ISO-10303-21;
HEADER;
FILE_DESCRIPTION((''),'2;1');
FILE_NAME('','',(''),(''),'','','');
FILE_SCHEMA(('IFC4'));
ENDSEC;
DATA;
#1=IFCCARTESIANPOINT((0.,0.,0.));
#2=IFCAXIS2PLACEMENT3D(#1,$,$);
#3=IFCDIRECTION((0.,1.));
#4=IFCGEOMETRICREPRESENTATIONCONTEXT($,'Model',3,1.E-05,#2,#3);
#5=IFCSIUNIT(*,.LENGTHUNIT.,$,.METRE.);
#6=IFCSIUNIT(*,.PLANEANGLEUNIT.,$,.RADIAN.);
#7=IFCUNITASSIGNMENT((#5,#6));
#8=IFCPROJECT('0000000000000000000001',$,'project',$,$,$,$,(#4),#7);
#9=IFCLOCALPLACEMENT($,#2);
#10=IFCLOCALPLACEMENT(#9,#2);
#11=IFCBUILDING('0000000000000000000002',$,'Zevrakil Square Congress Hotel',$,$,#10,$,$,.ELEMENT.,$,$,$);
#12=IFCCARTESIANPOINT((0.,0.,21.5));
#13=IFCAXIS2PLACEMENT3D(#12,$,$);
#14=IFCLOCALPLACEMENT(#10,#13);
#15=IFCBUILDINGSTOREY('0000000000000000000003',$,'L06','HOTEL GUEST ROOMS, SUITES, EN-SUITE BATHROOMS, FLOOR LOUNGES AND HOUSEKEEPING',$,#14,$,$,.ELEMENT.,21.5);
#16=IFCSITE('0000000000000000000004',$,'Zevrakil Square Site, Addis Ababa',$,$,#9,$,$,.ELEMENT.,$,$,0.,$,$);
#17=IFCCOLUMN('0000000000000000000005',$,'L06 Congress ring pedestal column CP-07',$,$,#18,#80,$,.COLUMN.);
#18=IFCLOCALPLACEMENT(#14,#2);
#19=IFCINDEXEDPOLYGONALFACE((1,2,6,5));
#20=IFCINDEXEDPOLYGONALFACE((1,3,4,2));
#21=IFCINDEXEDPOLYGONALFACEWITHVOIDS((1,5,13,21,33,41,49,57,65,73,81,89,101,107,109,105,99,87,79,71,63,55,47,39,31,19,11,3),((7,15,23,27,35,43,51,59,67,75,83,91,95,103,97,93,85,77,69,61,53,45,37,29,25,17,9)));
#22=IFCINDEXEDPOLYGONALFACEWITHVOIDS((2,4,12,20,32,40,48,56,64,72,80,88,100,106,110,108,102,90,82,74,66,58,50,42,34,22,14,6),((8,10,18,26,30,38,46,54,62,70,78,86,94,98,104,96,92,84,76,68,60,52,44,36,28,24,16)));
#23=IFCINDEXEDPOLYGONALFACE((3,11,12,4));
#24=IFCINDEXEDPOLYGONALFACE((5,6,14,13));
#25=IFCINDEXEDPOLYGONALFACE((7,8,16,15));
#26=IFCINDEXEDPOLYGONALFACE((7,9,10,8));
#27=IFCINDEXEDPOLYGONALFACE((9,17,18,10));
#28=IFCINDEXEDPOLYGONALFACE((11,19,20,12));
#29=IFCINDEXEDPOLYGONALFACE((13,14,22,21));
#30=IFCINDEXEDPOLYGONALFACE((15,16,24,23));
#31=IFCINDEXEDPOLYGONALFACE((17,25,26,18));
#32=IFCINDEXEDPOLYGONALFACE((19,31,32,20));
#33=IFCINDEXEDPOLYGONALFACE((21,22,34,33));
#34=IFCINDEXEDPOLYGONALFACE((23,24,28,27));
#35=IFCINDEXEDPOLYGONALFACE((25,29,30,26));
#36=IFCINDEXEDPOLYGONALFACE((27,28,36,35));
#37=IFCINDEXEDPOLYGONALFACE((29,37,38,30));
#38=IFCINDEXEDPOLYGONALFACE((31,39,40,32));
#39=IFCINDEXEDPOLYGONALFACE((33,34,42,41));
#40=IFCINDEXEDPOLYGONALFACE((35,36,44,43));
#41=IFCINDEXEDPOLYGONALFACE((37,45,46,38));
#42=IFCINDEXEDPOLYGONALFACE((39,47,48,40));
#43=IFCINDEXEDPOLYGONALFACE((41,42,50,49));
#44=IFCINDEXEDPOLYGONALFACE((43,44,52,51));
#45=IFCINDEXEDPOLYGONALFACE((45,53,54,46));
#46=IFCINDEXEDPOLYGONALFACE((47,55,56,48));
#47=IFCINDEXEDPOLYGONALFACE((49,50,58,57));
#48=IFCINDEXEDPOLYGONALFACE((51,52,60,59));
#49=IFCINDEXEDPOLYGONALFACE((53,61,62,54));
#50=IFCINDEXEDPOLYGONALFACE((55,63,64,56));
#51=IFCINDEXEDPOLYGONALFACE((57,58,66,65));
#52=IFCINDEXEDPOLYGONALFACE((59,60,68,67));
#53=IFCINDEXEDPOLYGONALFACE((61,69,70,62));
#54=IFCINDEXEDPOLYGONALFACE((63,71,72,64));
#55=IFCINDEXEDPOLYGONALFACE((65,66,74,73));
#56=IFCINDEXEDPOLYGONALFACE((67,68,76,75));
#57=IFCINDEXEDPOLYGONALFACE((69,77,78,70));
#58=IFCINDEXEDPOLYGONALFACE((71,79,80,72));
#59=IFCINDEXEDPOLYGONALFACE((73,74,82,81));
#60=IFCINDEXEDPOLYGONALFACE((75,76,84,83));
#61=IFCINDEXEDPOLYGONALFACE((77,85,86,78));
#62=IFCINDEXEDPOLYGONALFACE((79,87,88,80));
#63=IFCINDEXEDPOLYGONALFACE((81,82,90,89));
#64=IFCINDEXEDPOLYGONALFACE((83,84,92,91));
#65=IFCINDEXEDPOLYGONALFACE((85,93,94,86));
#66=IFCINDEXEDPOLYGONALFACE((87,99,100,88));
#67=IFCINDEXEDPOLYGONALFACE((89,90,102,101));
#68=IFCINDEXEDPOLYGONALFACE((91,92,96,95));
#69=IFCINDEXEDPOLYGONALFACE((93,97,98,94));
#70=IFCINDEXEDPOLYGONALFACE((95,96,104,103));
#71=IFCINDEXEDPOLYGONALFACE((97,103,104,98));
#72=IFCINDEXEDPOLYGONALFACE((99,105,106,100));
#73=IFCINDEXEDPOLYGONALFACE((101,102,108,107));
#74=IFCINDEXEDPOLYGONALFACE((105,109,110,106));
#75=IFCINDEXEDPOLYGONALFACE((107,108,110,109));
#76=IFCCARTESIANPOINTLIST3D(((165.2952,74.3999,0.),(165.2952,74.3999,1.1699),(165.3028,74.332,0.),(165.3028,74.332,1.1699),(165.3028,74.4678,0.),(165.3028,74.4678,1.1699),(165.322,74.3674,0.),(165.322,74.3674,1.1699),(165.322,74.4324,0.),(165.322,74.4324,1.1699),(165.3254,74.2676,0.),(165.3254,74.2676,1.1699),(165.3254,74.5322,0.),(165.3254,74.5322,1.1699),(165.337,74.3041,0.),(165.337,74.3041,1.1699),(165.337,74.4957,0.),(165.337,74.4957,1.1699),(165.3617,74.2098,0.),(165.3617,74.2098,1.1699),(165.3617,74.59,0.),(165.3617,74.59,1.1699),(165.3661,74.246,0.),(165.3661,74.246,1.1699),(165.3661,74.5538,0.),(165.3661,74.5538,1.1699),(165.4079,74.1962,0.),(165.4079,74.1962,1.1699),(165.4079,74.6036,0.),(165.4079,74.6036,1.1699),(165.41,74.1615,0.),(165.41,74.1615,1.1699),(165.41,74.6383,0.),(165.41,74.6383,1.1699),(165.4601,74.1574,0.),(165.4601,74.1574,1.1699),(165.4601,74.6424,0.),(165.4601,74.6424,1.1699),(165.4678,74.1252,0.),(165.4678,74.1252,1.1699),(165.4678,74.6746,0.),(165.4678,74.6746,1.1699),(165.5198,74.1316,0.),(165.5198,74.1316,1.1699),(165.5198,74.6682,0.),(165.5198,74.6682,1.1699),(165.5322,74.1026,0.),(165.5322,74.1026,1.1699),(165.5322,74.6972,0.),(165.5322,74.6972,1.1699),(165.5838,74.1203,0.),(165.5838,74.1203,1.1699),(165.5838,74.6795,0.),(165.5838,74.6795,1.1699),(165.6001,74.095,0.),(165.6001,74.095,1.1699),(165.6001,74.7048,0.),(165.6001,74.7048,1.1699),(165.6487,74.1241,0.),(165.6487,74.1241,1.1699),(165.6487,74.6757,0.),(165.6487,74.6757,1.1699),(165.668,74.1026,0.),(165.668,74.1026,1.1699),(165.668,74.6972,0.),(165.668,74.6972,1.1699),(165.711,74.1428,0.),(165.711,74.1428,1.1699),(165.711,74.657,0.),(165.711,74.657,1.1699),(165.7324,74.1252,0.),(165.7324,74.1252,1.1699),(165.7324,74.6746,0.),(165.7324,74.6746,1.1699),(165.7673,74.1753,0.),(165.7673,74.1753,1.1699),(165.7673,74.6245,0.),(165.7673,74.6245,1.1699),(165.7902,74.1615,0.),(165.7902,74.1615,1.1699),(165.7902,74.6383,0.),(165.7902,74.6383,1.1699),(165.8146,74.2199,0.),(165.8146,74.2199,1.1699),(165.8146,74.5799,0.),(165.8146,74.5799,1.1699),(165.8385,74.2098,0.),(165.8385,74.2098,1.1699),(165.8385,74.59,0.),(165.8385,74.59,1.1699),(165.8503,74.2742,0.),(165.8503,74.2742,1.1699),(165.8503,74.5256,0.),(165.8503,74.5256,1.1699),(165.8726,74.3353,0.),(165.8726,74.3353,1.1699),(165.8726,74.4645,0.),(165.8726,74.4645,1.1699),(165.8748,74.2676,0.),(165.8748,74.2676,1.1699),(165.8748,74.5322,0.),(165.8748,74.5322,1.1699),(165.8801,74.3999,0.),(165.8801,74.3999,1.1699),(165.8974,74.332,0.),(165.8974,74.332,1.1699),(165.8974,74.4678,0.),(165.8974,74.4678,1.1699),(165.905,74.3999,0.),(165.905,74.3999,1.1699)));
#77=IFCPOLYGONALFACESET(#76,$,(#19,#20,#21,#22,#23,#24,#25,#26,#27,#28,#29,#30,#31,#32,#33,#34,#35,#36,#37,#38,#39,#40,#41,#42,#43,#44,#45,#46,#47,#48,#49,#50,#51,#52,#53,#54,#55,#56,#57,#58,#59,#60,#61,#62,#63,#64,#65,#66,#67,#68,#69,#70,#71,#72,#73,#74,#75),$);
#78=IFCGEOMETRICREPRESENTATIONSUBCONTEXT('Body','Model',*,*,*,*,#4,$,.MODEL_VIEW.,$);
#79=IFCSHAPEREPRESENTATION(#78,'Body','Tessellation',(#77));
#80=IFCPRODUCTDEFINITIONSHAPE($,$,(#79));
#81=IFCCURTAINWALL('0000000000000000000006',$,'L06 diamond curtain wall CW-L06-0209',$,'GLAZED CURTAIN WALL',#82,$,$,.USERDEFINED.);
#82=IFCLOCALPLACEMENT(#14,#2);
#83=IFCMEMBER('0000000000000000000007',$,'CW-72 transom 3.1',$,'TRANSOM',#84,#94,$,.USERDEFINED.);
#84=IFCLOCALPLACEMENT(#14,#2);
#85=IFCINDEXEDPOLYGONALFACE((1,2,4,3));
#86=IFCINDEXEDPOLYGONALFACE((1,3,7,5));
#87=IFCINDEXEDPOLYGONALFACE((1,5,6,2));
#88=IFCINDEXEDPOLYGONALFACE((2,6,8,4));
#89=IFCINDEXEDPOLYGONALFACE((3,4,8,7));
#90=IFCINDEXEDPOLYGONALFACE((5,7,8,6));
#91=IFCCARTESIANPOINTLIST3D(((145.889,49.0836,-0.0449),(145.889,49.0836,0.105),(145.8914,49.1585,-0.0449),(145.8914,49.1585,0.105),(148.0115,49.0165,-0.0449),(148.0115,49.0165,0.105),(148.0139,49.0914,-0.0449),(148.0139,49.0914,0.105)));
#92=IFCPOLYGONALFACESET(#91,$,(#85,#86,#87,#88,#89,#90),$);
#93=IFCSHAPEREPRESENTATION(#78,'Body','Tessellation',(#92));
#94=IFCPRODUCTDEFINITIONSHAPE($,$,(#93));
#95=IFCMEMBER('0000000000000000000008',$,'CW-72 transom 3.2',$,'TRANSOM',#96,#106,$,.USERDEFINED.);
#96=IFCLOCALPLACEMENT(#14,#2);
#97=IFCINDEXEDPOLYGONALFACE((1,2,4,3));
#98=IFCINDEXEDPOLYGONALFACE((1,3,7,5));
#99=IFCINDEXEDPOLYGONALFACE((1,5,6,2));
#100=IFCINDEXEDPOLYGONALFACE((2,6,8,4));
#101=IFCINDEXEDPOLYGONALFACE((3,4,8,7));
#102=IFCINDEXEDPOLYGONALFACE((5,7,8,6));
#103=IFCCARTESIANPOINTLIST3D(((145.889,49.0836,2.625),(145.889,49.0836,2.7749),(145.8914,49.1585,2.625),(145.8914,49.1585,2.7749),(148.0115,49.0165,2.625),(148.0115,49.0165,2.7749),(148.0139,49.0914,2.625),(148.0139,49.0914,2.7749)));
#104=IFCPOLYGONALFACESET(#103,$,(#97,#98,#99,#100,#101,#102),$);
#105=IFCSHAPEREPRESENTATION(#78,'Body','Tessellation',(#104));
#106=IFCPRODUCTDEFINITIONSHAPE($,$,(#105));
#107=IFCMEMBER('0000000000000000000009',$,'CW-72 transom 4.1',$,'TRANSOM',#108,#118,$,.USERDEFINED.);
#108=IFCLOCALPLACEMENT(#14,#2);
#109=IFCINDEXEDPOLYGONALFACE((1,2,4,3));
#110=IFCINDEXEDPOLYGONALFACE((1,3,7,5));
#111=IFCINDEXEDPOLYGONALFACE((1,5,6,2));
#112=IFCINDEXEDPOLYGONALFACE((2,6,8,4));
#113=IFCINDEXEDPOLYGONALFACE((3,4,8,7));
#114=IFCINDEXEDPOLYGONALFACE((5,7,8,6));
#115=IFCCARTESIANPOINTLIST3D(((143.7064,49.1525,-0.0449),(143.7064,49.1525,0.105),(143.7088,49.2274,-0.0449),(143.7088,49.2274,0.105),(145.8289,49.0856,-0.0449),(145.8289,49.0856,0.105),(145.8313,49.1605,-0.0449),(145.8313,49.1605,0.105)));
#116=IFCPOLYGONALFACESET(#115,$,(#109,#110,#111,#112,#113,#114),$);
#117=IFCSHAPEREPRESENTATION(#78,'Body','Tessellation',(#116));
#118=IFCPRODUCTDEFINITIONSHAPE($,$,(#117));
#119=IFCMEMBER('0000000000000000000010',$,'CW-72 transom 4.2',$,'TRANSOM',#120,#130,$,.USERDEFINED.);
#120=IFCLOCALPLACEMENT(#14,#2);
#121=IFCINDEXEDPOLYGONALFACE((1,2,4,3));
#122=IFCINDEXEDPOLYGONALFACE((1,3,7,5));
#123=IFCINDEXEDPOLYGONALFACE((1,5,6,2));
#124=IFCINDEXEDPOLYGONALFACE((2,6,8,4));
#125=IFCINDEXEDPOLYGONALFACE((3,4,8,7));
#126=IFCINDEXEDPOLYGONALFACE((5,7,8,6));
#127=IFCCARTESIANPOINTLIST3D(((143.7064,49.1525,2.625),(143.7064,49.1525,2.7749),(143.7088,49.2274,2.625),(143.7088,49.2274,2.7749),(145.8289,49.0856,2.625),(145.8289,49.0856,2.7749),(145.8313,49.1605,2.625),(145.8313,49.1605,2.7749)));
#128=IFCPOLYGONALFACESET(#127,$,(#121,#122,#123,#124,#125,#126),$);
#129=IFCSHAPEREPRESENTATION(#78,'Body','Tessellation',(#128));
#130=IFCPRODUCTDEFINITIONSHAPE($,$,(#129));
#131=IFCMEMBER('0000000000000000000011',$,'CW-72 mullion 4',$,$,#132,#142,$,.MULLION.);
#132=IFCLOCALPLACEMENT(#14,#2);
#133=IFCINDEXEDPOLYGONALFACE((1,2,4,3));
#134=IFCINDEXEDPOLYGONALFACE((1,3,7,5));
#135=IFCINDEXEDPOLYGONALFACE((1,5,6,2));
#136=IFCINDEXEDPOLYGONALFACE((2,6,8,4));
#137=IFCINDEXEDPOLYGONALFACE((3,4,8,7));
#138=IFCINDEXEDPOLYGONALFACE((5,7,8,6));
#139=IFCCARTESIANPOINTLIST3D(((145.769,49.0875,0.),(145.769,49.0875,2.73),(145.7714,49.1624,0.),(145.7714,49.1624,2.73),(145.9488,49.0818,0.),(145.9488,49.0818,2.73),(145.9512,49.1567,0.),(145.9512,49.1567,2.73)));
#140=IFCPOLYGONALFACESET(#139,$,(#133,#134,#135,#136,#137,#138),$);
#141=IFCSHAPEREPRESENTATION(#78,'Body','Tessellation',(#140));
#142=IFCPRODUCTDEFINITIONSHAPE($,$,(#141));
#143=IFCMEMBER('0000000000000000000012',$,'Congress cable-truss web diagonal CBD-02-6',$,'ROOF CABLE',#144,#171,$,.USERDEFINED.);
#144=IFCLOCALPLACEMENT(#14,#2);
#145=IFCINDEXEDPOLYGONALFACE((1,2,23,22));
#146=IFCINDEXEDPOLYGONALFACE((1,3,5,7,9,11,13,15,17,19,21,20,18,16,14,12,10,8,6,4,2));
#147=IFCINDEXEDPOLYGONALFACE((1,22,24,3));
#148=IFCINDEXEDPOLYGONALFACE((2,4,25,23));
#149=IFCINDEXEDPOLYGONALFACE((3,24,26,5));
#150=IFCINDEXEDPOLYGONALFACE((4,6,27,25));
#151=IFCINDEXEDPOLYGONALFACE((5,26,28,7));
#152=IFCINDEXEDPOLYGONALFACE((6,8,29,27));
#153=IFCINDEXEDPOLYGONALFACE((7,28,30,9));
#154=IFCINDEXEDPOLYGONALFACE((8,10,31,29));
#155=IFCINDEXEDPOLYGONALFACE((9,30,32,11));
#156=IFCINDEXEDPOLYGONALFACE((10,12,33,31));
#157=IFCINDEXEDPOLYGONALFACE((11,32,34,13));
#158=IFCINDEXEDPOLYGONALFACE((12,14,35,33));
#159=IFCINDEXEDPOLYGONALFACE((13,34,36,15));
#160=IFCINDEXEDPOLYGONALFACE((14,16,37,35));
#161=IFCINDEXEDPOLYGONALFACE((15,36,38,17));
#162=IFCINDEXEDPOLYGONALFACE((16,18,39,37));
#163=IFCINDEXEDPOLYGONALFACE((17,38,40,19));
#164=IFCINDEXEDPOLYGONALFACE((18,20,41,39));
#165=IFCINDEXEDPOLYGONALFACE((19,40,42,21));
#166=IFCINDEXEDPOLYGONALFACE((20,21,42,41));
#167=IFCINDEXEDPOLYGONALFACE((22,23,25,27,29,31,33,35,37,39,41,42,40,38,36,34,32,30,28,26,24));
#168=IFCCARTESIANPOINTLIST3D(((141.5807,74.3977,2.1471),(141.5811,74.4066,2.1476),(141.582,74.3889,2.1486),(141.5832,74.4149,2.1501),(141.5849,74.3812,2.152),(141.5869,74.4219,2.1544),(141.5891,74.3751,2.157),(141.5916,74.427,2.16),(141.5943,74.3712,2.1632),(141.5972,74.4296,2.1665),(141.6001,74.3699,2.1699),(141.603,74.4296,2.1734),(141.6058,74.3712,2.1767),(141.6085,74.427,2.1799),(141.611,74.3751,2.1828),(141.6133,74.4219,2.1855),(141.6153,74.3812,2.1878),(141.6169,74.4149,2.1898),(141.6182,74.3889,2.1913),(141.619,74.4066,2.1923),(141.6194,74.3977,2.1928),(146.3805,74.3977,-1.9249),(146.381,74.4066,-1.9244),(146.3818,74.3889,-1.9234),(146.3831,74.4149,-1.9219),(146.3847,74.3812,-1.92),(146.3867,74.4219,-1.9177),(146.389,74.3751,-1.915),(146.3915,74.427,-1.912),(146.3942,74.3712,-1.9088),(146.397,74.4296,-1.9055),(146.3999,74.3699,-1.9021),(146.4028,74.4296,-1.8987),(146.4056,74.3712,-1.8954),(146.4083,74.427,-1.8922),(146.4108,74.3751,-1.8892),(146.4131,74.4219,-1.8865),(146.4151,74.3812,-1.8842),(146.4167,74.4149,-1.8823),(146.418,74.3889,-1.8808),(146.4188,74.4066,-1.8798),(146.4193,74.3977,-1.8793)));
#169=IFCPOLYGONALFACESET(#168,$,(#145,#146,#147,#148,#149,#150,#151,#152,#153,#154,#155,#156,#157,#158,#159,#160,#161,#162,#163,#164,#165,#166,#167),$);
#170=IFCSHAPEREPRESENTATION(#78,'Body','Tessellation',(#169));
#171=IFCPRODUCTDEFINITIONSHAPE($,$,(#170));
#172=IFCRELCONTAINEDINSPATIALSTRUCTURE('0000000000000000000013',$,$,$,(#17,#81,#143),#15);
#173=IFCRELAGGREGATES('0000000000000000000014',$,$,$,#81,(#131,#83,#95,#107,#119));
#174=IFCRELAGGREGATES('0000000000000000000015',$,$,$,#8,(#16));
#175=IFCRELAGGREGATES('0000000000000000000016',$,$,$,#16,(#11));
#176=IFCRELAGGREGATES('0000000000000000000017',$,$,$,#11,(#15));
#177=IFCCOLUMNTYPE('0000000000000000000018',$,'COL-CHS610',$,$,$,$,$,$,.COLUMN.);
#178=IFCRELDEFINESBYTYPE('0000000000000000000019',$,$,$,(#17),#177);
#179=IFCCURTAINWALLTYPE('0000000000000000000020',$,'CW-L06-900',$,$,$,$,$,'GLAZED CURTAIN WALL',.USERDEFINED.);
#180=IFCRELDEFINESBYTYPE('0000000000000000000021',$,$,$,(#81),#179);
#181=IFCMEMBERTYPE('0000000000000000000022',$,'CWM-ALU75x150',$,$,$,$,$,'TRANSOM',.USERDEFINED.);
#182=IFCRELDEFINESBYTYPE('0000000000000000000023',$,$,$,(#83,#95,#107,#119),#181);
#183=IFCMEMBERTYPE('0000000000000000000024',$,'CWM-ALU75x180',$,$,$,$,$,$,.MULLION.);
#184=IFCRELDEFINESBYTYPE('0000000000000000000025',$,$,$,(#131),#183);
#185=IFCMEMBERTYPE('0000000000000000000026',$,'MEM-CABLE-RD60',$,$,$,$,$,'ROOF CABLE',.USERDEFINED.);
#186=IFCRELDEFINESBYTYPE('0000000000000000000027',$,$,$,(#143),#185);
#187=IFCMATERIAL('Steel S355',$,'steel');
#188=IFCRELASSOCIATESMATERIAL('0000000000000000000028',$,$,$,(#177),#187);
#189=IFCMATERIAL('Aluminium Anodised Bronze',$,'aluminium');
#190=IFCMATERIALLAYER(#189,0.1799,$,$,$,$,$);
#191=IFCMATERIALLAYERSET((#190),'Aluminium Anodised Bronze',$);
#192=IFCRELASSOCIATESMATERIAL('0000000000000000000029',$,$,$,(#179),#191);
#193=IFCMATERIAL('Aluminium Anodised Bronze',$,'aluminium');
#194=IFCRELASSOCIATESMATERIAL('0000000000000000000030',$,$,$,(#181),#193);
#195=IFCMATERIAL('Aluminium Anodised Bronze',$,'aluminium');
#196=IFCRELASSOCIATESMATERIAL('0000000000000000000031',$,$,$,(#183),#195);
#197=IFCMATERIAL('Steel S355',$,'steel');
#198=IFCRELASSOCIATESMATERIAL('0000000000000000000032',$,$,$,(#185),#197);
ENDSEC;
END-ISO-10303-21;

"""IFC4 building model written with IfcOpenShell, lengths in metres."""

from ifc_helpers import new_model, si_unit, direction, frame, origin, origin_2d, place, context, subcontext, project, spatial, rectangle, circle, hollow_circle, extrude, material, layer, layer_set, material_profile, profile_set, type_object, element, aggregate, save


model = new_model("IFC4")

# Units and contexts
model_context = context("Model", 3, precision=1e-05, world=origin(), true_north=direction((0.0, 1.0)))
body_context = subcontext(model_context, "Body", "Model", "MODEL_VIEW")
ifc_project = project(units=[si_unit("LENGTHUNIT", "METRE"), si_unit("PLANEANGLEUNIT", "RADIAN")], contexts=[model_context])

# Site, building, storey
site_placement = place(None, origin())
site = spatial("IfcSite", under=ifc_project, at=site_placement, Name="Zevrakil Square Site, Addis Ababa", CompositionType="ELEMENT", RefElevation=0.0)
building_placement = place(site_placement, origin())
building = spatial("IfcBuilding", under=site, at=building_placement, Name="Zevrakil Square Congress Hotel", CompositionType="ELEMENT")
storey_placement = place(building_placement, frame((0.0, 0.0, 21.5)))
storey = spatial("IfcBuildingStorey", under=building, at=storey_placement, Name="L06", Description="HOTEL GUEST ROOMS, SUITES, EN-SUITE BATHROOMS, FLOOR LOUNGES AND HOUSEKEEPING", CompositionType="ELEMENT", Elevation=21.5)

# Column
ifc_material_1 = material(Name="Steel S355", Category="steel")
ifc_material_profile_1 = material_profile(ifc_material_1, hollow_circle(Radius=0.3049, WallThickness=0.0249, at=origin_2d()), Name="CHS 610x25")
ifc_profile_set_1 = profile_set([ifc_material_profile_1], Name="Steel S355")
column_type = type_object("IfcColumnType", Name="COL-CHS610", PredefinedType="COLUMN", material=ifc_profile_set_1)
column_placement = place(storey_placement, frame((165.6001, 74.3999, 0.0), z_axis=(0.0, 0.0, 1.0), x_axis=(1.0, 0.0, 0.0)))
element("IfcColumn", 1, at=column_placement, inside=storey, type_object=column_type, Name="L06 Congress ring pedestal column CP-07", PredefinedType="COLUMN", context=body_context, shape_type="SweptSolid", body=[
    extrude(hollow_circle(Radius=0.3049, WallThickness=0.0249, at=origin_2d()), origin(), (0.0, 0.0, 1.0), 1.1699),
])

# Curtain wall, members
ifc_material_2 = material(Name="Aluminium Anodised Bronze", Category="aluminium")
ifc_layer_1 = layer(ifc_material_2, 0.1799)
ifc_layer_set_1 = layer_set([ifc_layer_1], Name="Aluminium Anodised Bronze")
curtain_wall_type = type_object("IfcCurtainWallType", Name="CW-L06-900", ElementType="GLAZED CURTAIN WALL", PredefinedType="USERDEFINED", material=ifc_layer_set_1)
curtain_wall_placement = place(storey_placement, origin())
curtain_wall = element("IfcCurtainWall", 2, at=curtain_wall_placement, inside=storey, type_object=curtain_wall_type, Name="L06 diamond curtain wall CW-L06-0209", ObjectType="GLAZED CURTAIN WALL", PredefinedType="USERDEFINED")
ifc_material_3 = material(Name="Aluminium Anodised Bronze", Category="aluminium")
ifc_material_profile_2 = material_profile(ifc_material_3, rectangle(XDim=0.075, YDim=0.1499, at=origin_2d()), Name="ALU 75x150")
ifc_profile_set_2 = profile_set([ifc_material_profile_2], Name="Aluminium Anodised Bronze")
member_type_1 = type_object("IfcMemberType", Name="CWM-ALU75x150", ElementType="TRANSOM", PredefinedType="USERDEFINED", material=ifc_profile_set_2)
member_1_placement = place(storey_placement, frame((148.0127, 49.054, 0.03), z_axis=(-0.9995, 0.031615, 0.0), x_axis=(-0.031615, -0.9995, 0.0)))
member_1 = element("IfcMember", 3, at=member_1_placement, type_object=member_type_1, Name="CW-72 transom 3.1", ObjectType="TRANSOM", PredefinedType="USERDEFINED", context=body_context, shape_type="SweptSolid", body=[
    extrude(rectangle(XDim=0.075, YDim=0.1499, at=origin_2d()), origin(), (0.0, 0.0, 1.0), 2.1235),
])
member_2_placement = place(storey_placement, frame((148.0127, 49.054, 2.7), z_axis=(-0.9995, 0.031615, 0.0), x_axis=(-0.031615, -0.9995, 0.0)))
member_2 = element("IfcMember", 4, at=member_2_placement, type_object=member_type_1, Name="CW-72 transom 3.2", ObjectType="TRANSOM", PredefinedType="USERDEFINED", context=body_context, shape_type="SweptSolid", body=[
    extrude(rectangle(XDim=0.075, YDim=0.1499, at=origin_2d()), origin(), (0.0, 0.0, 1.0), 2.1235),
])
member_3_placement = place(storey_placement, frame((145.8301, 49.123, 0.03), z_axis=(-0.999504, 0.0315, 0.0), x_axis=(-0.0315, -0.999504, 0.0)))
member_3 = element("IfcMember", 5, at=member_3_placement, type_object=member_type_1, Name="CW-72 transom 4.1", ObjectType="TRANSOM", PredefinedType="USERDEFINED", context=body_context, shape_type="SweptSolid", body=[
    extrude(rectangle(XDim=0.075, YDim=0.1499, at=origin_2d()), origin(), (0.0, 0.0, 1.0), 2.1235),
])
member_4_placement = place(storey_placement, frame((145.8301, 49.123, 2.7), z_axis=(-0.999504, 0.0315, 0.0), x_axis=(-0.0315, -0.999504, 0.0)))
member_4 = element("IfcMember", 6, at=member_4_placement, type_object=member_type_1, Name="CW-72 transom 4.2", ObjectType="TRANSOM", PredefinedType="USERDEFINED", context=body_context, shape_type="SweptSolid", body=[
    extrude(rectangle(XDim=0.075, YDim=0.1499, at=origin_2d()), origin(), (0.0, 0.0, 1.0), 2.1235),
])
ifc_material_4 = material(Name="Aluminium Anodised Bronze", Category="aluminium")
ifc_material_profile_3 = material_profile(ifc_material_4, rectangle(XDim=0.075, YDim=0.1799, at=origin_2d()), Name="ALU 75x180")
ifc_profile_set_3 = profile_set([ifc_material_profile_3], Name="Aluminium Anodised Bronze")
member_type_2 = type_object("IfcMemberType", Name="CWM-ALU75x180", PredefinedType="MULLION", material=ifc_profile_set_3)
member_5_placement = place(storey_placement, frame((145.8601, 49.1221, 0.0), z_axis=(0.0, 0.0, 1.0), x_axis=(-0.031598, -0.999501, 0.0)))
member_5 = element("IfcMember", 7, at=member_5_placement, type_object=member_type_2, Name="CW-72 mullion 4", PredefinedType="MULLION", context=body_context, shape_type="SweptSolid", body=[
    extrude(rectangle(XDim=0.075, YDim=0.1799, at=origin_2d()), origin(), (0.0, 0.0, 1.0), 2.73),
])

# Member
ifc_material_5 = material(Name="Steel S355", Category="steel")
ifc_material_profile_4 = material_profile(ifc_material_5, circle(Radius=0.03, at=origin_2d()), Name="CABLE RD60")
ifc_profile_set_4 = profile_set([ifc_material_profile_4], Name="Steel S355")
member_type_3 = type_object("IfcMemberType", Name="MEM-CABLE-RD60", ElementType="ROOF CABLE", PredefinedType="USERDEFINED", material=ifc_profile_set_4)
member_6_placement = place(storey_placement, frame((146.3999, 74.3999, -1.9021), z_axis=(-0.762551, 0.0, 0.646928), x_axis=(0.0, -1.0, 0.0)))
element("IfcMember", 8, at=member_6_placement, inside=storey, type_object=member_type_3, Name="Congress cable-truss web diagonal CBD-02-6", ObjectType="ROOF CABLE", PredefinedType="USERDEFINED", context=body_context, shape_type="SweptSolid", body=[
    extrude(circle(Radius=0.03, at=origin_2d()), origin(), (0.0, 0.0, 1.0), 6.2944),
])

aggregate(curtain_wall, [member_5, member_1, member_2, member_3, member_4])

save(model, "model.ifc")
